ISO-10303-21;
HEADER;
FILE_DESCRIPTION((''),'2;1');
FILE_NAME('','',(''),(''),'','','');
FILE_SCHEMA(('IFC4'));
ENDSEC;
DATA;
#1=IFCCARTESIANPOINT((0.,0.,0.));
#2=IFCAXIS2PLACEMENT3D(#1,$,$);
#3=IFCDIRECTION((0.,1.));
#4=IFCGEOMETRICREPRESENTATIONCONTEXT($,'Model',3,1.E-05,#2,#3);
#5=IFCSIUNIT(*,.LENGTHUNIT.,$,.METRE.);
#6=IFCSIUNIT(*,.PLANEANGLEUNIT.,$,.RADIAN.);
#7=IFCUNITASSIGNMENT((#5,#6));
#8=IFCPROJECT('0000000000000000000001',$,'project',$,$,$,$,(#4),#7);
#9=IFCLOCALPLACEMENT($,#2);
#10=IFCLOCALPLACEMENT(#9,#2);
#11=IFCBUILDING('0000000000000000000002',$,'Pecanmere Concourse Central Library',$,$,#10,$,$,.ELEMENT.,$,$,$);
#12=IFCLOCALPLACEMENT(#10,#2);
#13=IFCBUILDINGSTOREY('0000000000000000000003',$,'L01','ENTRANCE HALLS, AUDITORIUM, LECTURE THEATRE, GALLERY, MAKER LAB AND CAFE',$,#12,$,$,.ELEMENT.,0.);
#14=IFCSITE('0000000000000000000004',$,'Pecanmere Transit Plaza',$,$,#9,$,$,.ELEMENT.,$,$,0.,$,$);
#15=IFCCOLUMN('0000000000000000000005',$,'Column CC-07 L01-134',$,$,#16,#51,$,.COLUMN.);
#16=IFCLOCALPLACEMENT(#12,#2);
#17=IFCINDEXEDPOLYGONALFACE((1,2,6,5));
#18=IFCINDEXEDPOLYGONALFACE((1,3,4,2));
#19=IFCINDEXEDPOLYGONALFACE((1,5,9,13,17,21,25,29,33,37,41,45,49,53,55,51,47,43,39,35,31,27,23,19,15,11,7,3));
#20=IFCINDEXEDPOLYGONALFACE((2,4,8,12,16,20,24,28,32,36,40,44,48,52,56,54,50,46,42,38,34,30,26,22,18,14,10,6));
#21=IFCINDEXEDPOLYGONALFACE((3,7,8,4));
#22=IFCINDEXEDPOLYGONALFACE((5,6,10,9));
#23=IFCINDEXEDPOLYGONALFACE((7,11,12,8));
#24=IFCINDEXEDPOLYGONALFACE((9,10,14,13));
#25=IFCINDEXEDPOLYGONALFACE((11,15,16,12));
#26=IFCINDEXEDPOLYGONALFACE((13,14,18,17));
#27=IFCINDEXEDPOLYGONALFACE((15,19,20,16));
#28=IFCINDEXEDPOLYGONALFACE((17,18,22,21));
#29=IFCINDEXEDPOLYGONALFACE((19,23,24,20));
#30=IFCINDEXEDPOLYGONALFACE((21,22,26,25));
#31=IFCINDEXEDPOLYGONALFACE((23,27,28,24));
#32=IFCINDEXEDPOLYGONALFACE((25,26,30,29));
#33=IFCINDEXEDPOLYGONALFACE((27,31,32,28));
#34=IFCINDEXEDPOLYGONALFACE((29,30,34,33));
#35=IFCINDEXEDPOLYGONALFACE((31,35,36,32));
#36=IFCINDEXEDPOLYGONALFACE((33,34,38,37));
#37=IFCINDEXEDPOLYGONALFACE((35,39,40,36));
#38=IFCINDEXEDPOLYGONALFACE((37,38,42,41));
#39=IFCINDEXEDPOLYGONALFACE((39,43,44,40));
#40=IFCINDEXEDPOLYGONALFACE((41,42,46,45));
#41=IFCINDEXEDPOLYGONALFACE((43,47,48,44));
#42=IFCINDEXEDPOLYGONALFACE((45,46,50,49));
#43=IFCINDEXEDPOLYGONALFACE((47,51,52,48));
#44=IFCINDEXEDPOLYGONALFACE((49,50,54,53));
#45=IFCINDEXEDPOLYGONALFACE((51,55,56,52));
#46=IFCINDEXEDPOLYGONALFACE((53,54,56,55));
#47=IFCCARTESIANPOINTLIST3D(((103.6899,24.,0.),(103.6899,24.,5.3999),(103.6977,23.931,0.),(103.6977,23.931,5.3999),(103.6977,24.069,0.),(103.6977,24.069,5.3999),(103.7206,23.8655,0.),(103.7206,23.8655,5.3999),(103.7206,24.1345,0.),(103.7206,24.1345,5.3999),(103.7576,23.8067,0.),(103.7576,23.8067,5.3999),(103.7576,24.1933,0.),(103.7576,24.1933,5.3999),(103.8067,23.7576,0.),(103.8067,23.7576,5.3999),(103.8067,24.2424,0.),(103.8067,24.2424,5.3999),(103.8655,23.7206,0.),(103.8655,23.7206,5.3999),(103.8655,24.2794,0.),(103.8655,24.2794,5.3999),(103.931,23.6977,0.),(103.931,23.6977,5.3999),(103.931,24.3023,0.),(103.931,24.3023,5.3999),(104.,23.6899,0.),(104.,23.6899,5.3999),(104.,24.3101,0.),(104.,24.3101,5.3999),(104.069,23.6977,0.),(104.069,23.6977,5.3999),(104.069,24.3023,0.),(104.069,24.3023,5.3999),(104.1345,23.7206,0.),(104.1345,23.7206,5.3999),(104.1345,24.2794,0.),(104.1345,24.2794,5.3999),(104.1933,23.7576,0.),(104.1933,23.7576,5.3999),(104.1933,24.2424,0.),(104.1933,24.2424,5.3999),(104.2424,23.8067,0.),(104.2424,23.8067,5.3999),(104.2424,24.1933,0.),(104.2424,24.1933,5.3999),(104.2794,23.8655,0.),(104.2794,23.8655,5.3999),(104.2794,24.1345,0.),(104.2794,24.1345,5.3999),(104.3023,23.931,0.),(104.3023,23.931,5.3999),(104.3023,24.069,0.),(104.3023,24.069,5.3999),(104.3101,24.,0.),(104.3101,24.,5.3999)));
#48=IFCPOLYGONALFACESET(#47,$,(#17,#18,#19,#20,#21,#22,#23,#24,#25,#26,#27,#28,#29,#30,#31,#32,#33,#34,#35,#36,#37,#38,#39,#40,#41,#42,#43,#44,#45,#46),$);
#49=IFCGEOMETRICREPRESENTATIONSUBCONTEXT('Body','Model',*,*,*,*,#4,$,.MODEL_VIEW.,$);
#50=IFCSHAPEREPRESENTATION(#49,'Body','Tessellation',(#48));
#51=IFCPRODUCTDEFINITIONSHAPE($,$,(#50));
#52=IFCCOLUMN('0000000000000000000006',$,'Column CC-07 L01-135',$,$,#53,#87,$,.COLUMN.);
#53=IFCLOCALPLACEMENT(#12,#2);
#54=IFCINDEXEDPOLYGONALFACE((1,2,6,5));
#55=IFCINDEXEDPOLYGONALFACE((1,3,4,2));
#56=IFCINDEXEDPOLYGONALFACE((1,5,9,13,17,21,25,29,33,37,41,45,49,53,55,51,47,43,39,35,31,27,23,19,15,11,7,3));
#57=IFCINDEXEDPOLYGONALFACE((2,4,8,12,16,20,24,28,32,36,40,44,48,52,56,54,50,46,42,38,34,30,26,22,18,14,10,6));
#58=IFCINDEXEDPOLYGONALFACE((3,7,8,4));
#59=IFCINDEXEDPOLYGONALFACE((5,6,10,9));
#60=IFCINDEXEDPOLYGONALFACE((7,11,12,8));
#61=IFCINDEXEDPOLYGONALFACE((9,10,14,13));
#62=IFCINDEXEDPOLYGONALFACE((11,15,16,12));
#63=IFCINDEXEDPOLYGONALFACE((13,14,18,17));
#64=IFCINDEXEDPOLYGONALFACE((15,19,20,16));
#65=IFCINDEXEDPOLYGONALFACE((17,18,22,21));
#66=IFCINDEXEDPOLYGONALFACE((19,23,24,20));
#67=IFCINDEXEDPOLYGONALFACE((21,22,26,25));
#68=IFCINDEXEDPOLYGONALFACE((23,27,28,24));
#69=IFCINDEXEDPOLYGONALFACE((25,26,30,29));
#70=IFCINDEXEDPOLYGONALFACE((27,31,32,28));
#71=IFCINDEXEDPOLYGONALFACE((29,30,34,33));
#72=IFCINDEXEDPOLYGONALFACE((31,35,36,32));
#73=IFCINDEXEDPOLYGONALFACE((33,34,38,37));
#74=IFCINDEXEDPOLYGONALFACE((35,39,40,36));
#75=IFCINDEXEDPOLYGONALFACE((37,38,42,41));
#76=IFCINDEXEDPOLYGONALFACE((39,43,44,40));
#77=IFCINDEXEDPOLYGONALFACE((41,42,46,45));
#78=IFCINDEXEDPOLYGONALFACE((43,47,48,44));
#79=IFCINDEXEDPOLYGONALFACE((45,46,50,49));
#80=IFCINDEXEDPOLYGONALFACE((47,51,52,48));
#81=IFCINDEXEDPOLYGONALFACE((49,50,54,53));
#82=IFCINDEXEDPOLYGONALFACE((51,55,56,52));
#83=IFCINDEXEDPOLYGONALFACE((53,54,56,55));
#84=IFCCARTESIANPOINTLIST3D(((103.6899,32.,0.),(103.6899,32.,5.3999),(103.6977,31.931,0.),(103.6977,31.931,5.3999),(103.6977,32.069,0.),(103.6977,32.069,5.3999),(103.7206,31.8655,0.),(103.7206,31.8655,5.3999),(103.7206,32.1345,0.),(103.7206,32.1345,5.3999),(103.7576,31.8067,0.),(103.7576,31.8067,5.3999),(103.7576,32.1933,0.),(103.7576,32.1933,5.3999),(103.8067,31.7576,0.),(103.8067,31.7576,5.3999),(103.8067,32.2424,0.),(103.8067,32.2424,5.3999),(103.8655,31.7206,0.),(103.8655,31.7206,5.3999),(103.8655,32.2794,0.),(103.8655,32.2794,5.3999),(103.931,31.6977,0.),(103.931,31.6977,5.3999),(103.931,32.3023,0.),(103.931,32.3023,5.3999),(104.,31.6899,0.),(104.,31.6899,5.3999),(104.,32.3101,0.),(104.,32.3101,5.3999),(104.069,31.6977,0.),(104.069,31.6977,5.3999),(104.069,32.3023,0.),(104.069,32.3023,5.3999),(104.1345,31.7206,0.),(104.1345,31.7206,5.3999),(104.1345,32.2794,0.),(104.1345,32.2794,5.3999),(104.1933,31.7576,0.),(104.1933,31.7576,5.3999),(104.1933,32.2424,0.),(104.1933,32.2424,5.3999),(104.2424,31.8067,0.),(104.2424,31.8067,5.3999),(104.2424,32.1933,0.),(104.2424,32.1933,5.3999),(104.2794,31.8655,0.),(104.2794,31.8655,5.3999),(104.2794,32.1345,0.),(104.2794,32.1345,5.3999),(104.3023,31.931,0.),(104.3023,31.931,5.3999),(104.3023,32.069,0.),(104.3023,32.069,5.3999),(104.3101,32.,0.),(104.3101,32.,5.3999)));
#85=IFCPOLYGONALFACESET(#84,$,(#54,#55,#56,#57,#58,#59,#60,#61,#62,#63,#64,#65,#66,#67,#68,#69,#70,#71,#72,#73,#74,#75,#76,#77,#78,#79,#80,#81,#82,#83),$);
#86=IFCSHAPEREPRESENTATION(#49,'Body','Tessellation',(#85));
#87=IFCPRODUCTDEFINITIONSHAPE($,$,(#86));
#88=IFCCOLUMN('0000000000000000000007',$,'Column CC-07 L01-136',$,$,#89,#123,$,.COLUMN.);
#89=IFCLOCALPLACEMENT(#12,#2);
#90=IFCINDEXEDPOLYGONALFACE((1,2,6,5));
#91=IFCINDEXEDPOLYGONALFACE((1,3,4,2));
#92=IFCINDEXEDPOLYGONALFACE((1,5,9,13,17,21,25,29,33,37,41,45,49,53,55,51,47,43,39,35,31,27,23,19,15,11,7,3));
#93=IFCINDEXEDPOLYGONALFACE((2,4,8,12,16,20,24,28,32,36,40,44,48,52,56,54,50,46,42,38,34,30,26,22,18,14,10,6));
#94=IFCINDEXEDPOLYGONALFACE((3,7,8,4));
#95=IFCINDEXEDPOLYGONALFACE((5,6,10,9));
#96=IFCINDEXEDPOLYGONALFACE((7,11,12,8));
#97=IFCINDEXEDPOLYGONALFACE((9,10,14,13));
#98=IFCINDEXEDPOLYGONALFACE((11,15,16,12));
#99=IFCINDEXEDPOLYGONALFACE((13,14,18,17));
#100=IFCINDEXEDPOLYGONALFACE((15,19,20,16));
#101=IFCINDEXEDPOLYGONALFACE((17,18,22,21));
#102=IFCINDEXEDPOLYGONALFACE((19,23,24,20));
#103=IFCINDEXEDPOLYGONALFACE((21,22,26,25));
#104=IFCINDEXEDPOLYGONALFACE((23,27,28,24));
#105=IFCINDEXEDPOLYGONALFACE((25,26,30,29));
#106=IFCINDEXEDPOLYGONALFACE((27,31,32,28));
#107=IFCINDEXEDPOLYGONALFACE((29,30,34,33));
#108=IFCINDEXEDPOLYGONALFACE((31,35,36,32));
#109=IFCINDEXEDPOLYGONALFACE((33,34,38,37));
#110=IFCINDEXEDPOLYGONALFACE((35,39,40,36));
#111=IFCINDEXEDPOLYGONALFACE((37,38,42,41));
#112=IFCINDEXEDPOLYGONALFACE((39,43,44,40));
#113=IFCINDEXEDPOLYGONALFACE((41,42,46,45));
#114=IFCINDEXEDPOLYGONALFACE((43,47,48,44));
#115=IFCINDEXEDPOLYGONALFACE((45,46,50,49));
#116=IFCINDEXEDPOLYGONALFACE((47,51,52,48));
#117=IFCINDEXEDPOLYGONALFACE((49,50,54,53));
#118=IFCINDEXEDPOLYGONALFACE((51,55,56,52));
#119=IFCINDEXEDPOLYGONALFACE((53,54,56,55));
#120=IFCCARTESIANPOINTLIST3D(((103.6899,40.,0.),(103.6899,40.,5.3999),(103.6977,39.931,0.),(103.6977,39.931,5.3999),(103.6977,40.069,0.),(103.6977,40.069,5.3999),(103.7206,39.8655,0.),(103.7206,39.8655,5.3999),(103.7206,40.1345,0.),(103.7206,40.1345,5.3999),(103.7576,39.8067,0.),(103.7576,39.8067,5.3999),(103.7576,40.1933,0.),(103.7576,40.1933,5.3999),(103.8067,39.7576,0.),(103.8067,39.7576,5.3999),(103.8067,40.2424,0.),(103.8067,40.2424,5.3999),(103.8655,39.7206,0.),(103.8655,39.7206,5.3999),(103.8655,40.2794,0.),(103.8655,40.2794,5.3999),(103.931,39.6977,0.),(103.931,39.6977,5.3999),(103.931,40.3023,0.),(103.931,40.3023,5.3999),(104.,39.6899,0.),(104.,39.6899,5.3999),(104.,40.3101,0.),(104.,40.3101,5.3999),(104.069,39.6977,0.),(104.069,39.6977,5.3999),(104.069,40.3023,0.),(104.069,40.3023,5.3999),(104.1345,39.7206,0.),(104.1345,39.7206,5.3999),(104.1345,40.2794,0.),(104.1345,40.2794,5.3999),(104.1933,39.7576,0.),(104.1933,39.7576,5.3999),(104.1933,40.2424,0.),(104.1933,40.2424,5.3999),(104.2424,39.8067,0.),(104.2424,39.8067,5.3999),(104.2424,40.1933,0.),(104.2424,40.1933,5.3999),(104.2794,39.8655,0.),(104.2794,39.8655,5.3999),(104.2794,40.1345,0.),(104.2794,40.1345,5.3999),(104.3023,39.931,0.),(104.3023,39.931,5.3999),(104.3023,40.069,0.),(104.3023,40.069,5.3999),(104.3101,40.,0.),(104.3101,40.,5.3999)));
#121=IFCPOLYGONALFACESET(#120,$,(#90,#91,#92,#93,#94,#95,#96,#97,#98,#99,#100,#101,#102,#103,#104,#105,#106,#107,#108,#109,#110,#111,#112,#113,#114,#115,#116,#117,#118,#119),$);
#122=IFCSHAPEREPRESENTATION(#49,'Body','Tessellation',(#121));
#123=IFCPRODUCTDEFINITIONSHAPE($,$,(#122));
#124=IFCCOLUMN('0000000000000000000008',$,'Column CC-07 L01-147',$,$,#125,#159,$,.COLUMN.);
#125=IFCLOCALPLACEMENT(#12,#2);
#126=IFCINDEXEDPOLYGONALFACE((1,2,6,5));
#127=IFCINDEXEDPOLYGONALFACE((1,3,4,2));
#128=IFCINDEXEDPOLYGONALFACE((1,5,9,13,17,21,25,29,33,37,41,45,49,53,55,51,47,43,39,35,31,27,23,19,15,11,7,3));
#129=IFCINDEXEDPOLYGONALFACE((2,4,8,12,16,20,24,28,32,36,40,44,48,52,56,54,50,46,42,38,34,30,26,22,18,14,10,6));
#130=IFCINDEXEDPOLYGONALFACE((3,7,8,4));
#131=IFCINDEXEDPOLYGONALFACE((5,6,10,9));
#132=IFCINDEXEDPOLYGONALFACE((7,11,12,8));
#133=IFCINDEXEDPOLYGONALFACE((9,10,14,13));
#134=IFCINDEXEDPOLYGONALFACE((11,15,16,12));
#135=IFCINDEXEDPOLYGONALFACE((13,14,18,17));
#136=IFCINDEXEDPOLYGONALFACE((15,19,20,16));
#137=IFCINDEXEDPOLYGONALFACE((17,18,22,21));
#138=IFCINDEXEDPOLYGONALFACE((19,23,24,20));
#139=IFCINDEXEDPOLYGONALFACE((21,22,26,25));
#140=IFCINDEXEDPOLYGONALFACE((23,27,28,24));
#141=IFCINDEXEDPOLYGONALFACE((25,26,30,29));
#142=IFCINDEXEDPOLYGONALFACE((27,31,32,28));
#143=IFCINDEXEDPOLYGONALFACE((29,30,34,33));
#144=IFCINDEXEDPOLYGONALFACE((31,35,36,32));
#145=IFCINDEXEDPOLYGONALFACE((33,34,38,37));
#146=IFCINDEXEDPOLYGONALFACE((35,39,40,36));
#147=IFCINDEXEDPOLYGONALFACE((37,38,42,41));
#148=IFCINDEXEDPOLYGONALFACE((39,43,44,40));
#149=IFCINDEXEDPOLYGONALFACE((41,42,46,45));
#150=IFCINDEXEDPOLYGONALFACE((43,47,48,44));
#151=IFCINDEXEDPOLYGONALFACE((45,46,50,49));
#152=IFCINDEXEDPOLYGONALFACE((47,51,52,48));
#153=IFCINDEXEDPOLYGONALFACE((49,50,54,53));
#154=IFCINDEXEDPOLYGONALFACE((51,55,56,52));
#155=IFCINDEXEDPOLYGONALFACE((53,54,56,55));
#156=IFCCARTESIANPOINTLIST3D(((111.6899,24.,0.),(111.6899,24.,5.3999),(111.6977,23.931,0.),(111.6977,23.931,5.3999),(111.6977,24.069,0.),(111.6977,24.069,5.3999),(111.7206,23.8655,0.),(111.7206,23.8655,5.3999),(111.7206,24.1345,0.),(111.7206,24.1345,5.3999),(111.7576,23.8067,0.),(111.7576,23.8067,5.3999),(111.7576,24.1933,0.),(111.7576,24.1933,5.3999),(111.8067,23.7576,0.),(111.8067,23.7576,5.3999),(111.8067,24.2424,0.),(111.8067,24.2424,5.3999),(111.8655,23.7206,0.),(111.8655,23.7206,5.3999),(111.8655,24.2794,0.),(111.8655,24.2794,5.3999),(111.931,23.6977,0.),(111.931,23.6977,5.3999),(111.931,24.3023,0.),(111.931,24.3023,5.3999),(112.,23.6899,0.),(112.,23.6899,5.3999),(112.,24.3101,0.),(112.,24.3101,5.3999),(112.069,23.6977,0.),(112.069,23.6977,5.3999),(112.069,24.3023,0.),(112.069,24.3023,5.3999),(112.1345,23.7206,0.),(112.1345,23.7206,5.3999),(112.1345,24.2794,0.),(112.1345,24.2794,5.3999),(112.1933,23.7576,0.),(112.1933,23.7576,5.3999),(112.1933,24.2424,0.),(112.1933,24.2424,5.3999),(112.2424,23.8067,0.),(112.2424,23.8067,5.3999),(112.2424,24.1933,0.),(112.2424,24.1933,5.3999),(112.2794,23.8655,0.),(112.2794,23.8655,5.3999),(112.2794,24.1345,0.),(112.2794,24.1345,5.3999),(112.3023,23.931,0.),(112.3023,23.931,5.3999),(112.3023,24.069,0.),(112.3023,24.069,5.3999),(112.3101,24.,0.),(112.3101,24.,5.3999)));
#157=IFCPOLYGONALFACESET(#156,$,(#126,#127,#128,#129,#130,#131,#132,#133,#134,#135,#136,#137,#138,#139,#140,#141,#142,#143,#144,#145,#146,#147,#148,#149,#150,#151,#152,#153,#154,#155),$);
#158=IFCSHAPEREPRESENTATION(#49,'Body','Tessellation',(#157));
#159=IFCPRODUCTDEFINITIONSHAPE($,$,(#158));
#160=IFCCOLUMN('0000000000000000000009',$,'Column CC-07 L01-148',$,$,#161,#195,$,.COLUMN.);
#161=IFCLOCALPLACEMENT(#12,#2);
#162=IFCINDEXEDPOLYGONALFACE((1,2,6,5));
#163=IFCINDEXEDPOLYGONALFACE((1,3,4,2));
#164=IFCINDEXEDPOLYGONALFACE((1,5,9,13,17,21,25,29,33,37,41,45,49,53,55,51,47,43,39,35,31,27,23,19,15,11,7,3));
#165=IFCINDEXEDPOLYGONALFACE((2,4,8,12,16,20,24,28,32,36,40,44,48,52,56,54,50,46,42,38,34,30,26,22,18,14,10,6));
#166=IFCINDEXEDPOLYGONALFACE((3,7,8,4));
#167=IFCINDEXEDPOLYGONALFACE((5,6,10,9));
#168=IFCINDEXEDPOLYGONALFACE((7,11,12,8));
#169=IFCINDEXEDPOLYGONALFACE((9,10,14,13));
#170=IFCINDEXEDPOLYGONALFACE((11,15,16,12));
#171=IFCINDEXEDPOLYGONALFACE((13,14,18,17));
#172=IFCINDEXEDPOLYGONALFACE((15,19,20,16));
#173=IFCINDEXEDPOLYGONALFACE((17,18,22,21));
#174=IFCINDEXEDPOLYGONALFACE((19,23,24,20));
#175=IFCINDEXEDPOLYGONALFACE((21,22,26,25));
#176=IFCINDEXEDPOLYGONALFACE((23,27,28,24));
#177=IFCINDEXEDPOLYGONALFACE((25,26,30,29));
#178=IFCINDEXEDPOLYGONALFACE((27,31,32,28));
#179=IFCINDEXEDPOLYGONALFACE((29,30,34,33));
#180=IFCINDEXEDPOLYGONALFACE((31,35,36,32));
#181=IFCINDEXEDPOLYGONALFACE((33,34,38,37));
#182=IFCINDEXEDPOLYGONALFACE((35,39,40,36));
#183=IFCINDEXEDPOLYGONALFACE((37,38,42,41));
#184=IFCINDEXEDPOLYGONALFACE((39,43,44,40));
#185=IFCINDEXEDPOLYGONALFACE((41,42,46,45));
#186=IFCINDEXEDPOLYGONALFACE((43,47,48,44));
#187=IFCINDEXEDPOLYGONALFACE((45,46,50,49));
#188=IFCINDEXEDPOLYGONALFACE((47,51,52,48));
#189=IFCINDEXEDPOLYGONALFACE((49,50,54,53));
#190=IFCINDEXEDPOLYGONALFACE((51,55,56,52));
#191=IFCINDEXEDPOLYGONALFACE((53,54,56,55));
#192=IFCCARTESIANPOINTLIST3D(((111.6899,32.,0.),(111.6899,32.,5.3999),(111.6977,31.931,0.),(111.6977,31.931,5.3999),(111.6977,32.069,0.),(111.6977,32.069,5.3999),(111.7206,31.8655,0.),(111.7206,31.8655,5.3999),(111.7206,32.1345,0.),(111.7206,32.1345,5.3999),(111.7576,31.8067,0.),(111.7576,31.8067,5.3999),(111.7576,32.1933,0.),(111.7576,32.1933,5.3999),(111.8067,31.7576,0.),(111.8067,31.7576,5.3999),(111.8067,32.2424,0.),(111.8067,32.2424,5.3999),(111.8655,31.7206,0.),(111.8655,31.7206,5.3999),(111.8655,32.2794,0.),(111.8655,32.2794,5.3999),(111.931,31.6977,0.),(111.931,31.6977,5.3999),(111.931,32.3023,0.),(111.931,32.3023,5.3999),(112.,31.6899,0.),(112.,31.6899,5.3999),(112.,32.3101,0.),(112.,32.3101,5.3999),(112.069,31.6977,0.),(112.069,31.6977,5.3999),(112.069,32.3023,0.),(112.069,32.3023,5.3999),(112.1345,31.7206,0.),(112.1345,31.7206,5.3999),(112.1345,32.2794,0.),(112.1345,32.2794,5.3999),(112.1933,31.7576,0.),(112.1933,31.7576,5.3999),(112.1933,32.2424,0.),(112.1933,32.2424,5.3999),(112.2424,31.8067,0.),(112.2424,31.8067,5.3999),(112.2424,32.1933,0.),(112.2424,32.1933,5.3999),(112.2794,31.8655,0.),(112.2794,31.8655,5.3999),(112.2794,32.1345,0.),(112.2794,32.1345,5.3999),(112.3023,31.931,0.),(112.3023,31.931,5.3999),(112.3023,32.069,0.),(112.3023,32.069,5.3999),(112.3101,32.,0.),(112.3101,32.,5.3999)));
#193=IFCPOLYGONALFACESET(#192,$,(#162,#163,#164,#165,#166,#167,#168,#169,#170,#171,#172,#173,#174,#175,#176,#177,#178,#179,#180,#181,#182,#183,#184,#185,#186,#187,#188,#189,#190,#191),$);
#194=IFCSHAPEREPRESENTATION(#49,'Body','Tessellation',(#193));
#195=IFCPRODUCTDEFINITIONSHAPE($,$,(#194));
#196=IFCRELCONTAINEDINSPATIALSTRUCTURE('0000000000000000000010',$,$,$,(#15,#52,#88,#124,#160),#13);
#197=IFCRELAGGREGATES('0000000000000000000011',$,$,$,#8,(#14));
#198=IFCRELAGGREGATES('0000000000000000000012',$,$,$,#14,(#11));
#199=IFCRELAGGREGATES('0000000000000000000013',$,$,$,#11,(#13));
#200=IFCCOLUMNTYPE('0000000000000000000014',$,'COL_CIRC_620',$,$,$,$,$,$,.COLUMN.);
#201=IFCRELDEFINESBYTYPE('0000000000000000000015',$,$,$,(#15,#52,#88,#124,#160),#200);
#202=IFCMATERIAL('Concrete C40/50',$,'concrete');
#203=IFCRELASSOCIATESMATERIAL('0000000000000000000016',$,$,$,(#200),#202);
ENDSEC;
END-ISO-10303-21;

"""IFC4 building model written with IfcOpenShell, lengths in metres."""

from ifc_helpers import new_model, si_unit, direction, frame, origin, origin_2d, place, context, subcontext, project, spatial, circle, extrude, material, material_profile, profile_set, type_object, element, save


model = new_model("IFC4")

# Units and contexts
model_context = context("Model", 3, precision=1e-05, world=origin(), true_north=direction((0.0, 1.0)))
body_context = subcontext(model_context, "Body", "Model", "MODEL_VIEW")
ifc_project = project(units=[si_unit("LENGTHUNIT", "METRE"), si_unit("PLANEANGLEUNIT", "RADIAN")], contexts=[model_context])

# Site, building, storey
site_placement = place(None, origin())
site = spatial("IfcSite", under=ifc_project, at=site_placement, Name="Pecanmere Transit Plaza", CompositionType="ELEMENT", RefElevation=0.0)
building_placement = place(site_placement, origin())
building = spatial("IfcBuilding", under=site, at=building_placement, Name="Pecanmere Concourse Central Library", CompositionType="ELEMENT")
storey_placement = place(building_placement, origin())
storey = spatial("IfcBuildingStorey", under=building, at=storey_placement, Name="L01", Description="ENTRANCE HALLS, AUDITORIUM, LECTURE THEATRE, GALLERY, MAKER LAB AND CAFE", CompositionType="ELEMENT", Elevation=0.0)

# Columns
ifc_material_1 = material(Name="Concrete C40/50", Category="concrete")
ifc_material_profile = material_profile(ifc_material_1, circle(Radius=0.3101, at=origin_2d()), Name="RC D620")
ifc_profile_set = profile_set([ifc_material_profile], Name="Concrete C40/50")
column_type = type_object("IfcColumnType", Name="COL_CIRC_620", PredefinedType="COLUMN", material=ifc_profile_set)
for number, where, z_axis, x_axis, name in (
    (1, (104.0, 24.0, 0.0), (0.0, 0.0, 1.0), (1.0, 0.0, 0.0), "Column CC-07 L01-134"),
    (2, (104.0, 32.0, 0.0), (0.0, 0.0, 1.0), (1.0, 0.0, 0.0), "Column CC-07 L01-135"),
    (3, (104.0, 40.0, 0.0), (0.0, 0.0, 1.0), (1.0, 0.0, 0.0), "Column CC-07 L01-136"),
    (4, (112.0, 24.0, 0.0), (0.0, 0.0, 1.0), (1.0, 0.0, 0.0), "Column CC-07 L01-147"),
    (5, (112.0, 32.0, 0.0), (0.0, 0.0, 1.0), (1.0, 0.0, 0.0), "Column CC-07 L01-148"),
):
    element("IfcColumn", number, at=place(storey_placement, frame(where, z_axis=z_axis, x_axis=x_axis)), inside=storey, type_object=column_type, Name=name, PredefinedType="COLUMN", context=body_context, shape_type="SweptSolid", body=[
        extrude(circle(Radius=0.3101, at=origin_2d()), origin(), (0.0, 0.0, 1.0), 5.3999),
    ])

save(model, "model.ifc")
